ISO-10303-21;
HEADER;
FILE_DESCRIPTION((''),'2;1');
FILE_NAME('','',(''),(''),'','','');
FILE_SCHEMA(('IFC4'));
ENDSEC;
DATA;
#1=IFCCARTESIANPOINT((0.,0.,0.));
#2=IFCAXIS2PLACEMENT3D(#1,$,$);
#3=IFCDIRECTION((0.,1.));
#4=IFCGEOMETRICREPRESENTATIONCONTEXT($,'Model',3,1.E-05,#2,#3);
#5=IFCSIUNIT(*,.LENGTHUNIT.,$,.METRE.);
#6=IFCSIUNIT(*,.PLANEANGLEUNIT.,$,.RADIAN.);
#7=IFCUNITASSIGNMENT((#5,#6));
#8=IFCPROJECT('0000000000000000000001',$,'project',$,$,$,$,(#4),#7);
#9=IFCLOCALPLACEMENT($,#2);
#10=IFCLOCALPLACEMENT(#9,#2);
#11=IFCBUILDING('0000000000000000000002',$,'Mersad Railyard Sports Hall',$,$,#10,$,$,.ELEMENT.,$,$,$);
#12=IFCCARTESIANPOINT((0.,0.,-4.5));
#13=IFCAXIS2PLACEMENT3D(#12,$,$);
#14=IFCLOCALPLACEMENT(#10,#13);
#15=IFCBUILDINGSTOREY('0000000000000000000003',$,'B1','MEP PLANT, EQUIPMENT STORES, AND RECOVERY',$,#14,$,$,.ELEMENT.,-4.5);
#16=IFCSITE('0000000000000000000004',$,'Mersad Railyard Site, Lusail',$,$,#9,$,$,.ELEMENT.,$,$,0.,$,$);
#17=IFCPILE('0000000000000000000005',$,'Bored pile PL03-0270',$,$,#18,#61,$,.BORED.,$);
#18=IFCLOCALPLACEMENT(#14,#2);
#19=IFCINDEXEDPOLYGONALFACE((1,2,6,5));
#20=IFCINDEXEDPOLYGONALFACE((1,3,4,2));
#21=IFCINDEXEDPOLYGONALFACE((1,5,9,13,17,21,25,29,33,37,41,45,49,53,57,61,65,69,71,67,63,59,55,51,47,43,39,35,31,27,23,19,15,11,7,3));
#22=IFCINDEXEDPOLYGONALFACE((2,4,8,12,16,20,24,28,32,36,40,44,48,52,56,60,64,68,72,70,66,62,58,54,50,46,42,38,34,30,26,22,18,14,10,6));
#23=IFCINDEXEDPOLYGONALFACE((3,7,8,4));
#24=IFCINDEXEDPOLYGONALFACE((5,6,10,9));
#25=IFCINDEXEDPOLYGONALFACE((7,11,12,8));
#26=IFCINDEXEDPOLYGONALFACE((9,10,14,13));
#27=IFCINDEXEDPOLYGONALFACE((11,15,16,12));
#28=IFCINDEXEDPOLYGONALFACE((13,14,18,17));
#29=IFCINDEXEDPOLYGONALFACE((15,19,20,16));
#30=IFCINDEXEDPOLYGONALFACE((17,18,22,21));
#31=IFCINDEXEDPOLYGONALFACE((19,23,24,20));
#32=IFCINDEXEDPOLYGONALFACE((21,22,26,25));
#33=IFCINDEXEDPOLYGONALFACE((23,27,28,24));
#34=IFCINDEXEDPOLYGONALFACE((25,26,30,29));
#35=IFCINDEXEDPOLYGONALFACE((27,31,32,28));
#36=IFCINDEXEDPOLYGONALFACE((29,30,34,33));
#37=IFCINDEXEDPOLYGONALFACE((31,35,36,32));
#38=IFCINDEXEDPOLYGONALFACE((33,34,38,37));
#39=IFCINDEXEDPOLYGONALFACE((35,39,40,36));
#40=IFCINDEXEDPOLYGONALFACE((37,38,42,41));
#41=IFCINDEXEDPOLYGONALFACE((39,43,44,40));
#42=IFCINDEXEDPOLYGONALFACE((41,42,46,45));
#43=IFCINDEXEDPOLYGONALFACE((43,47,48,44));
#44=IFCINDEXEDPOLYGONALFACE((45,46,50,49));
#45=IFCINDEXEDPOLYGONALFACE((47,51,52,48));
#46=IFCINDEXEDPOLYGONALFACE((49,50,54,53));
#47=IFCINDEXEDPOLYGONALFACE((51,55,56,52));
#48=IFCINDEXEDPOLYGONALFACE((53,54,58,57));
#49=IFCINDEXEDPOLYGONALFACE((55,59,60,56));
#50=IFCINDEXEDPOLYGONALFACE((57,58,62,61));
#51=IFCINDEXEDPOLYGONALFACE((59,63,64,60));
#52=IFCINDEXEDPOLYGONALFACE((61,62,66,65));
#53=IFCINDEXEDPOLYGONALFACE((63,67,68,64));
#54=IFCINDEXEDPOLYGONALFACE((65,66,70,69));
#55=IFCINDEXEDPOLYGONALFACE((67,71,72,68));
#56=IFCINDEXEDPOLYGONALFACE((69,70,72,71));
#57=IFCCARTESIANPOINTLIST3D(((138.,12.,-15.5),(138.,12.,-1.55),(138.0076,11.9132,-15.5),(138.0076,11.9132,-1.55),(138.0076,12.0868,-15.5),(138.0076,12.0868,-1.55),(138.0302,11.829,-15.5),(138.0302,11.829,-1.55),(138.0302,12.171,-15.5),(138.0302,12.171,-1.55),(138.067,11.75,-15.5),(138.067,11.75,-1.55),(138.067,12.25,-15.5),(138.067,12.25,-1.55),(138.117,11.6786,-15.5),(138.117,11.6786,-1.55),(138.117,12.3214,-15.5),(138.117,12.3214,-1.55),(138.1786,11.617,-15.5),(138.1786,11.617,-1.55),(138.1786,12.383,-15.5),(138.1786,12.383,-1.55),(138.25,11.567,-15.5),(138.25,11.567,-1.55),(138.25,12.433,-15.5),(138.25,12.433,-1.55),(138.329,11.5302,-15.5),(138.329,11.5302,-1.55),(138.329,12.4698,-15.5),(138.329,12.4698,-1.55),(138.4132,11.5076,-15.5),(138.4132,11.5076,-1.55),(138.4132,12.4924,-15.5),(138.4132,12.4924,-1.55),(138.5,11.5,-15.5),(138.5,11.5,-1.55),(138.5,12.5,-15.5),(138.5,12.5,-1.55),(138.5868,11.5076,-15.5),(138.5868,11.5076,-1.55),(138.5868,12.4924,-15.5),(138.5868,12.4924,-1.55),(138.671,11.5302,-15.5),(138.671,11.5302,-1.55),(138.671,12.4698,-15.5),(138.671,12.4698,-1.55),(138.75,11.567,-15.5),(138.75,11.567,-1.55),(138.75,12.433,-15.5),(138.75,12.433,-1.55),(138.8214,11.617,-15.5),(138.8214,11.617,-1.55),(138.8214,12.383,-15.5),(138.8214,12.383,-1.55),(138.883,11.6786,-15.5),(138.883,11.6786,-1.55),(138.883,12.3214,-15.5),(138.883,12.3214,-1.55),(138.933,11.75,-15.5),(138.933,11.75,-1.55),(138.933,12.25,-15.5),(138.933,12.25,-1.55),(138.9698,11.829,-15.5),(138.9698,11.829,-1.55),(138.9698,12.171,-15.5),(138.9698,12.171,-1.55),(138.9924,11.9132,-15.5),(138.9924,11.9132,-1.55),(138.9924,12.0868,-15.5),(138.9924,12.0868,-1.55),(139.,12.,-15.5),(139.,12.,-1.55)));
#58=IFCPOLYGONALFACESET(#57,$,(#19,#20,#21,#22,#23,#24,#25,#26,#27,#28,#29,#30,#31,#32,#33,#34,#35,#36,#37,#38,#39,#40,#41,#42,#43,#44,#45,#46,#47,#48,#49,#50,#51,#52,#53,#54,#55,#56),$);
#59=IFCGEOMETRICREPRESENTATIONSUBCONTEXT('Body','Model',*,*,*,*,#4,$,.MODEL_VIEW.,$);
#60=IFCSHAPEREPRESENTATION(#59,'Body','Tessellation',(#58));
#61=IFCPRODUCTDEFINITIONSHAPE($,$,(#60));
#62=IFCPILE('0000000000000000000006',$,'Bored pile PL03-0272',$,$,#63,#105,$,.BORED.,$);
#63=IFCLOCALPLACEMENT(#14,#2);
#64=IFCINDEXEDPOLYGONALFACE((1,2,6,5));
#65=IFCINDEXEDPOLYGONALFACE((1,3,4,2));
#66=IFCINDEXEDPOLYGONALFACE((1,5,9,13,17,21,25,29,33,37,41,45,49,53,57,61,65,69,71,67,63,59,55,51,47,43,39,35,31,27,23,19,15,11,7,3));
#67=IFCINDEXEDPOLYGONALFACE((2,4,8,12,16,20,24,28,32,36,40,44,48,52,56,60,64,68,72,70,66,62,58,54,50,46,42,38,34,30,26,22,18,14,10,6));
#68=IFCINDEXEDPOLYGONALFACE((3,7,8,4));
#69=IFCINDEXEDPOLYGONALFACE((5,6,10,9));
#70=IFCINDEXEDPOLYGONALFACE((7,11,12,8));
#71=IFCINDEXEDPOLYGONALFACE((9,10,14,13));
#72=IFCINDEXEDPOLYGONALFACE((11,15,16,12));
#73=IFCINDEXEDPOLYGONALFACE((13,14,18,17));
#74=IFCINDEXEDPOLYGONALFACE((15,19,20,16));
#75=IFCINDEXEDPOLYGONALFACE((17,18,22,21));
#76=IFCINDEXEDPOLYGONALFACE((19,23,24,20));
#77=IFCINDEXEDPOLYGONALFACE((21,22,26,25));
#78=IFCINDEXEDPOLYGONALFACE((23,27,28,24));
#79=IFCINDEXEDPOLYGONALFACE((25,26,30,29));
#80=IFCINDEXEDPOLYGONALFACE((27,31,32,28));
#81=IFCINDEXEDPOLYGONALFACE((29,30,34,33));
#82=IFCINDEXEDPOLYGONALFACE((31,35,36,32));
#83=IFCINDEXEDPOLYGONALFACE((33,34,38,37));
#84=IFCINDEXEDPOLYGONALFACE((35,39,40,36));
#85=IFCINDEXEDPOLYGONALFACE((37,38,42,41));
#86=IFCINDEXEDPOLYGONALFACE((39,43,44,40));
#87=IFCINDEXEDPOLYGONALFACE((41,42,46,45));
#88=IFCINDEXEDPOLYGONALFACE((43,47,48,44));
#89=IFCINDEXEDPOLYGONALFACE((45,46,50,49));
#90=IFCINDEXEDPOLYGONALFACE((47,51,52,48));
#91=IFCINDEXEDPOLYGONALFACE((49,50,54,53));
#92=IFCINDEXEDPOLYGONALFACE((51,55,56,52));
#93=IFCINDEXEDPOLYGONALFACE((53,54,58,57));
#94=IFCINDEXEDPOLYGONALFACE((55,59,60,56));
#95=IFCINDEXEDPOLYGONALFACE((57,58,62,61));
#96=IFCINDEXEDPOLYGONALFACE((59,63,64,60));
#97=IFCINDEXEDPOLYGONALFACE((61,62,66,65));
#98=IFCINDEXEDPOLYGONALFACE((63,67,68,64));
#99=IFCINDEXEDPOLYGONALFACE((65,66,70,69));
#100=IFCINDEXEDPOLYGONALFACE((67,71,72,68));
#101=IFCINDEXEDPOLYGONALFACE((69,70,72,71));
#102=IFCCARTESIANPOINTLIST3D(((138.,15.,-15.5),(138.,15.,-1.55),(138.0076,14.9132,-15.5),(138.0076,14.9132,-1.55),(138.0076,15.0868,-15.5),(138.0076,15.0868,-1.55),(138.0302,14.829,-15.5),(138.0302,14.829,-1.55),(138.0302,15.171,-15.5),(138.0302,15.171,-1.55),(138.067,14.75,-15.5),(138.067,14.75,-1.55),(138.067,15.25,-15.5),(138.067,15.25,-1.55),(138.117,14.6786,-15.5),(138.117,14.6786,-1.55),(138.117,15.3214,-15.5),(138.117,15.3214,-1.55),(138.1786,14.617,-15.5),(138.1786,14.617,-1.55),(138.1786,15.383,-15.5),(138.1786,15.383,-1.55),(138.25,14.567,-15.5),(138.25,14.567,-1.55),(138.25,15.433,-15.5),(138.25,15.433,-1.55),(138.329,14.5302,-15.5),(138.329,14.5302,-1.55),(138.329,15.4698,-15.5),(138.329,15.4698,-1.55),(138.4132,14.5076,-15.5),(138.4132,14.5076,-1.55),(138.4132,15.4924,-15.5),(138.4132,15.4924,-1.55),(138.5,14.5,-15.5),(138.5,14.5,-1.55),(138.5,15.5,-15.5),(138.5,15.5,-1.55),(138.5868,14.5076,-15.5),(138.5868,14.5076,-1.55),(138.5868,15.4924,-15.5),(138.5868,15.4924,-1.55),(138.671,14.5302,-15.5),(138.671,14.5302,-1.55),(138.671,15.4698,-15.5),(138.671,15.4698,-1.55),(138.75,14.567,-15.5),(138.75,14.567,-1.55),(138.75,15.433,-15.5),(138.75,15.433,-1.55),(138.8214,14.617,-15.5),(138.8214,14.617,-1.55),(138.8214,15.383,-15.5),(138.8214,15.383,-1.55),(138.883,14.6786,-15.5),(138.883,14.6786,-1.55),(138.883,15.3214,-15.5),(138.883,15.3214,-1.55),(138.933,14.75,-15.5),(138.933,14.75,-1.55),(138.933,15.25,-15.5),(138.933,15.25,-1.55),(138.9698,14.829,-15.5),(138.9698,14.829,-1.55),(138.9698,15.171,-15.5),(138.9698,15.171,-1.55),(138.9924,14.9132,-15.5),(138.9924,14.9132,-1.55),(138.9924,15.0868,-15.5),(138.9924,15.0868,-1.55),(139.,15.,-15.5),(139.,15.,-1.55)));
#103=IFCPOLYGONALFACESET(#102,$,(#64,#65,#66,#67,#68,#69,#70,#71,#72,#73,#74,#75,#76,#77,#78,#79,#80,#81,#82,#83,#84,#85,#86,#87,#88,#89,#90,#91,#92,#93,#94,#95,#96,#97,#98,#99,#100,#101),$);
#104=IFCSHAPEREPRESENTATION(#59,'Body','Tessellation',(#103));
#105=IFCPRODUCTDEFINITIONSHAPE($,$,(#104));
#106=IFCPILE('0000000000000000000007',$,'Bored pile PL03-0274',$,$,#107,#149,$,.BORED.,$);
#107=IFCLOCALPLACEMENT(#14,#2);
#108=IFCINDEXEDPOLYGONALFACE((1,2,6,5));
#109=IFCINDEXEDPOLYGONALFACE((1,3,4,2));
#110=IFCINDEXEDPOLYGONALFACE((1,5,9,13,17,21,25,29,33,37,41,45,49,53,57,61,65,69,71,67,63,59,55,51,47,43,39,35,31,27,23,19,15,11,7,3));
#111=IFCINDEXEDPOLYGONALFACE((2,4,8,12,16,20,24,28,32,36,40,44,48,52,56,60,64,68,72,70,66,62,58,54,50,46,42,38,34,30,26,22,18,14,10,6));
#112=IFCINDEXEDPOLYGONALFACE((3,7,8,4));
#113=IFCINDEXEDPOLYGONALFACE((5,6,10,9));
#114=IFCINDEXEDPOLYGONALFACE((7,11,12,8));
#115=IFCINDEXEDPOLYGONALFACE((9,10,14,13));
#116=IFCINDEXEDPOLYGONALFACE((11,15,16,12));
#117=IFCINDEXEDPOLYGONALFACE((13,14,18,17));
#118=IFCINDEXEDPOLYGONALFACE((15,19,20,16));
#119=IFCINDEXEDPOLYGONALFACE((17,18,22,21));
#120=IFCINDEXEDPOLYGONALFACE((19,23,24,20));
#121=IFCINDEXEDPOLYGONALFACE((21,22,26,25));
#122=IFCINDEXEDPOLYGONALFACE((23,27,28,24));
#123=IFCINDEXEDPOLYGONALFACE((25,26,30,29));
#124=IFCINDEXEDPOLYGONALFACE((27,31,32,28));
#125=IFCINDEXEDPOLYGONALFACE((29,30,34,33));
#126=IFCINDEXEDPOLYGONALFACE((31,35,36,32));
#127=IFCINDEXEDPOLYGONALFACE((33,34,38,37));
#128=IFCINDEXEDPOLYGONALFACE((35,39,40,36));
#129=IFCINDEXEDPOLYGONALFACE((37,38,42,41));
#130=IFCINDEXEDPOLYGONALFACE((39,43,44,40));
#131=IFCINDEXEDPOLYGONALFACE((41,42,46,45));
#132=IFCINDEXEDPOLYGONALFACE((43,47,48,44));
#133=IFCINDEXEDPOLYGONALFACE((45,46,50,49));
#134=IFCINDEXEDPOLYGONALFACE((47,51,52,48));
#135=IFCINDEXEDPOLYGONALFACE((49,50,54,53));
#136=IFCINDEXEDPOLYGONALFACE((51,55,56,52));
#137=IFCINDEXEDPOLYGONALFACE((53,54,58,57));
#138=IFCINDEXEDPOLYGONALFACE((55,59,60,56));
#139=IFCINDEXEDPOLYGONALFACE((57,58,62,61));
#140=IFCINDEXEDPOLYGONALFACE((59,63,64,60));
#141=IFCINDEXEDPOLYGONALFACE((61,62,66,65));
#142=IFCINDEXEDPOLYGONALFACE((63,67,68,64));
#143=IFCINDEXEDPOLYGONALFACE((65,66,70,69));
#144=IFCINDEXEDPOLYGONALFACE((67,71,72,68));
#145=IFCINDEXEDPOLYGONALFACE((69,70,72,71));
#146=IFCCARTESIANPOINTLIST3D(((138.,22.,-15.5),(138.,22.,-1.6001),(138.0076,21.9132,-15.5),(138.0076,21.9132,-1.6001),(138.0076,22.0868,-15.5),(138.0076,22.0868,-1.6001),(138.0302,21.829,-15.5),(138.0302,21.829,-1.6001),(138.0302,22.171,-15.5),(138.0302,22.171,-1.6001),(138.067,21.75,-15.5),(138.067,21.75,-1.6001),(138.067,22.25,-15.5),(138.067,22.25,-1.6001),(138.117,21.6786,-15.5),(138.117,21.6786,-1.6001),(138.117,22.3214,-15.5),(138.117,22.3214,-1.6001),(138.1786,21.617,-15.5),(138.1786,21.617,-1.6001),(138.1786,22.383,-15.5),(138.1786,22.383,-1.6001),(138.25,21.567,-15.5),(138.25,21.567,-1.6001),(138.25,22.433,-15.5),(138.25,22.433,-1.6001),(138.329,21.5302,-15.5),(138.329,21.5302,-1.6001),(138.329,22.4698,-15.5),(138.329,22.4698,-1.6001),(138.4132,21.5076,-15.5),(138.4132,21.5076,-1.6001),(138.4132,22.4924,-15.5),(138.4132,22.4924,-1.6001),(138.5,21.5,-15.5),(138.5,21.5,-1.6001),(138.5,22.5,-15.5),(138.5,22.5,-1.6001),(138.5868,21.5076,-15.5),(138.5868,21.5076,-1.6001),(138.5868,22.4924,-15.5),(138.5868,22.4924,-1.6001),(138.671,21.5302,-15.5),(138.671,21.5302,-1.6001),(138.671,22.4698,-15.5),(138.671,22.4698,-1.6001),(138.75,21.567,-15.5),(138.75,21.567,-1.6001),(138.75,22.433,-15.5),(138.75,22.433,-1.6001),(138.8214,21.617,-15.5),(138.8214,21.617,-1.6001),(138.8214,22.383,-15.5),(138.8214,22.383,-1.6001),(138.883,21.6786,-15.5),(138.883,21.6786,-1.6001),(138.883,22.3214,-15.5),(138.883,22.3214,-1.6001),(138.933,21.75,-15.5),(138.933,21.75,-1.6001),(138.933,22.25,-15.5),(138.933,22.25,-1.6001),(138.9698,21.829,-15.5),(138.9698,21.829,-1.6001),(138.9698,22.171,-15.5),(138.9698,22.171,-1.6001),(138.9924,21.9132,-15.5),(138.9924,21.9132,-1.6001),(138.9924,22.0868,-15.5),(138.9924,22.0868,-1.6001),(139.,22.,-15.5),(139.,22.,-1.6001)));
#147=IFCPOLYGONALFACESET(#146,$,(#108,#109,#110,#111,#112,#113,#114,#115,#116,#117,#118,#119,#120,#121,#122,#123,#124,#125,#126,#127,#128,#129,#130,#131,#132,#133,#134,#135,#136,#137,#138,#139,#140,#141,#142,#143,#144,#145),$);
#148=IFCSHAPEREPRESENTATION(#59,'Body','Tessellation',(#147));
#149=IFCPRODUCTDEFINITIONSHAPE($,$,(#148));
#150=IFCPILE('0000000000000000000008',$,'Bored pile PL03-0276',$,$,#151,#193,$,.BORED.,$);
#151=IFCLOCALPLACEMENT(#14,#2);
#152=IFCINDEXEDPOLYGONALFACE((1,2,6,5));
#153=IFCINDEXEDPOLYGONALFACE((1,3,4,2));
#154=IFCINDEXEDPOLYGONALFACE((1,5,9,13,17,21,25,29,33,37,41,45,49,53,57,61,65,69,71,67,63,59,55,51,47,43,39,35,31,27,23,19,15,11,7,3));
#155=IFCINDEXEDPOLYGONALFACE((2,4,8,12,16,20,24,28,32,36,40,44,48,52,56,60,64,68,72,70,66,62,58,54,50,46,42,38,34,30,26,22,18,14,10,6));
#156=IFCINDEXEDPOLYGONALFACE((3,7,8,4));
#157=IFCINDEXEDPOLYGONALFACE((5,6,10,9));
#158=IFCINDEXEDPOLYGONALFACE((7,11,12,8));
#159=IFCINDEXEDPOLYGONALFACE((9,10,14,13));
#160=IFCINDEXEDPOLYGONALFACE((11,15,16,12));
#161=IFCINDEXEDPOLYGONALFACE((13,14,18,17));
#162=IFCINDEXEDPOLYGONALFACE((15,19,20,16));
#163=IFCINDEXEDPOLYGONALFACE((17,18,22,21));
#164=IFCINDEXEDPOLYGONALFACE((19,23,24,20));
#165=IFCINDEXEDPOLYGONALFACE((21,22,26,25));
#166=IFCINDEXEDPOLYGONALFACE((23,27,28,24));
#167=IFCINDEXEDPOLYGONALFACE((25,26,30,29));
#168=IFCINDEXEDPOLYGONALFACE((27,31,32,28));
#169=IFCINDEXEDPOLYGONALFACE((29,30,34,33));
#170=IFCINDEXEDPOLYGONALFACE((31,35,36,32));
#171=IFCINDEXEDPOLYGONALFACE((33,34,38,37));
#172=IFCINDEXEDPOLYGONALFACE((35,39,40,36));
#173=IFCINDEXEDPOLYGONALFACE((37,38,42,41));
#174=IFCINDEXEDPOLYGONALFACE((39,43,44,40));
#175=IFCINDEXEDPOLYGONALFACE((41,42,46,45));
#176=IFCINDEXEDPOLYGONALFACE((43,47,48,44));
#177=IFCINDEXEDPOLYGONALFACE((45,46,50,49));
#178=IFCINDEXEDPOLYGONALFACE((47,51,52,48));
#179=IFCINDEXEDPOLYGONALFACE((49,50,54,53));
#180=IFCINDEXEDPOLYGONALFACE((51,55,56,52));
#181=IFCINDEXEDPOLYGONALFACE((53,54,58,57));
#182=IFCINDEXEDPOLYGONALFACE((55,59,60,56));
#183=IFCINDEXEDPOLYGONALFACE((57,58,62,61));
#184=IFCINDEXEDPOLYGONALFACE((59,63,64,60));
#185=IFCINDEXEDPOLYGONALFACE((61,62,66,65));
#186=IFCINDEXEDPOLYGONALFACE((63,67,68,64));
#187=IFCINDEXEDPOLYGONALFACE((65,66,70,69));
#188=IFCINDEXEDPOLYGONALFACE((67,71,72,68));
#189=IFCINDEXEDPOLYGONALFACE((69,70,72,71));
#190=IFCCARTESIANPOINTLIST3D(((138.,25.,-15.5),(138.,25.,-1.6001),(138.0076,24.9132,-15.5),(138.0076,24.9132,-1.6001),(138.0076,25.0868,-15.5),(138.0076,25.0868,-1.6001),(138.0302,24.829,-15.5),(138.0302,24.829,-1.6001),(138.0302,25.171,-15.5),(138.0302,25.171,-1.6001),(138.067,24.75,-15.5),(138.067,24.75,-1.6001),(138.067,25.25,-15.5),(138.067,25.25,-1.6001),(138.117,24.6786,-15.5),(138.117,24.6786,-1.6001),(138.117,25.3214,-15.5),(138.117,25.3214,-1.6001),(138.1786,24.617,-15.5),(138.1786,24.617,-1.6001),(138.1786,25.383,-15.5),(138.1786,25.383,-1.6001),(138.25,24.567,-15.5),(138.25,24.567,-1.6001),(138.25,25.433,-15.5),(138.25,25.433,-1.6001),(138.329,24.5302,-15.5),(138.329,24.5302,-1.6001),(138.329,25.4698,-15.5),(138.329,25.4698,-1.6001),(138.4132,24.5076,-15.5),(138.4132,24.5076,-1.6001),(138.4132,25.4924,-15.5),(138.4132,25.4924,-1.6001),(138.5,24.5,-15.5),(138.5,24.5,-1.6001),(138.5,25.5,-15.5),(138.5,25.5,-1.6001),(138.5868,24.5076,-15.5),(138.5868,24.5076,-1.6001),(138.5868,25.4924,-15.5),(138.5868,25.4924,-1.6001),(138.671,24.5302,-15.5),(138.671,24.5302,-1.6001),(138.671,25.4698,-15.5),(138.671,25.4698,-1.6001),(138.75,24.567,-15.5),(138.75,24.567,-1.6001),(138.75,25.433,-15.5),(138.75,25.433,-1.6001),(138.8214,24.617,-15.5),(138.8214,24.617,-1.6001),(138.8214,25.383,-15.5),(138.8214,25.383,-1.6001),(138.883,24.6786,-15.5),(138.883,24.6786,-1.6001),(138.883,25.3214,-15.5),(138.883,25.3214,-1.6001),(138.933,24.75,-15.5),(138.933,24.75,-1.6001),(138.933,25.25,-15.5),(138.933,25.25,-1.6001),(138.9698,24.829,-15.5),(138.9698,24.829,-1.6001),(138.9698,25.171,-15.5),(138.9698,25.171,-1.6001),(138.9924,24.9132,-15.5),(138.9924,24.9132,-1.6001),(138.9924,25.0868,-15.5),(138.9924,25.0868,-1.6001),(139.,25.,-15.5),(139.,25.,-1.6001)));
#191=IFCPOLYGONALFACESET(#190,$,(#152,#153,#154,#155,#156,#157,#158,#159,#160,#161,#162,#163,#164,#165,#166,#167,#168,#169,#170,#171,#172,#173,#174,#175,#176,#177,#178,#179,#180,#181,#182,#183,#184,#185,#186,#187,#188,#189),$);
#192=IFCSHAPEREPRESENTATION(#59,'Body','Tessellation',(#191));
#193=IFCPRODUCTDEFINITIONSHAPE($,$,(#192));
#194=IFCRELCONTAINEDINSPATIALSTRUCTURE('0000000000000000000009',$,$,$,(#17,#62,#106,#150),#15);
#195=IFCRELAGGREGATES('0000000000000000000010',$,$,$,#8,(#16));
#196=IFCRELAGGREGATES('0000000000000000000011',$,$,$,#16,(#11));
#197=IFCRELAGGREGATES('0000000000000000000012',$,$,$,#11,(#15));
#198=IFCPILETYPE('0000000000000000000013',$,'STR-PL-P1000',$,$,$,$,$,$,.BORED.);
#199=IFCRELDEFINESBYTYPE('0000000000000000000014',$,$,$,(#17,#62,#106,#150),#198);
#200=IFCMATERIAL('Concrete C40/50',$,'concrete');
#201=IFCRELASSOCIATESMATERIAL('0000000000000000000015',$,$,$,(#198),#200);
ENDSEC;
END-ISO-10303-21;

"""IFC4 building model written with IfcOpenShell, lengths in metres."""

from ifc_helpers import new_model, si_unit, direction, frame, origin, origin_2d, place, context, subcontext, project, spatial, circle, extrude, material, material_profile, profile_set, type_object, element, save


model = new_model("IFC4")

# Units and contexts
model_context = context("Model", 3, precision=1e-05, world=origin(), true_north=direction((0.0, 1.0)))
body_context = subcontext(model_context, "Body", "Model", "MODEL_VIEW")
ifc_project = project(units=[si_unit("LENGTHUNIT", "METRE"), si_unit("PLANEANGLEUNIT", "RADIAN")], contexts=[model_context])

# Site, building, storey
site_placement = place(None, origin())
site = spatial("IfcSite", under=ifc_project, at=site_placement, Name="Mersad Railyard Site, Lusail", CompositionType="ELEMENT", RefElevation=0.0)
building_placement = place(site_placement, origin())
building = spatial("IfcBuilding", under=site, at=building_placement, Name="Mersad Railyard Sports Hall", CompositionType="ELEMENT")
storey_placement = place(building_placement, frame((0.0, 0.0, -4.5)))
storey = spatial("IfcBuildingStorey", under=building, at=storey_placement, Name="B1", Description="MEP PLANT, EQUIPMENT STORES, AND RECOVERY", CompositionType="ELEMENT", Elevation=-4.5)

# Shared definitions
ifc_material_1 = material(Name="Concrete C40/50", Category="concrete")

# Piles
ifc_material_profile_1 = material_profile(ifc_material_1, circle(Radius=0.5, at=origin_2d()), Name="BORED PILE D1000")
ifc_profile_set_1 = profile_set([ifc_material_profile_1], Name="Concrete C40/50")
pile_type = type_object("IfcPileType", Name="STR-PL-P1000", PredefinedType="BORED", material=ifc_profile_set_1)
for number, where, z_axis, x_axis, name in (
    (1, (138.5, 12.0, -1.55), (0.0, 0.0, -1.0), (1.0, 0.0, 0.0), "Bored pile PL03-0270"),
    (2, (138.5, 15.0, -1.55), (0.0, 0.0, -1.0), (1.0, 0.0, 0.0), "Bored pile PL03-0272"),
):
    element("IfcPile", number, at=place(storey_placement, frame(where, z_axis=z_axis, x_axis=x_axis)), inside=storey, type_object=pile_type, Name=name, PredefinedType="BORED", context=body_context, shape_type="SweptSolid", body=[
        extrude(circle(Radius=0.5, at=origin_2d()), origin(), (0.0, 0.0, 1.0), 13.95),
    ])
for number, where, z_axis, x_axis, name in (
    (3, (138.5, 22.0, -1.6001), (0.0, 0.0, -1.0), (1.0, 0.0, 0.0), "Bored pile PL03-0274"),
    (4, (138.5, 25.0, -1.6001), (0.0, 0.0, -1.0), (1.0, 0.0, 0.0), "Bored pile PL03-0276"),
):
    element("IfcPile", number, at=place(storey_placement, frame(where, z_axis=z_axis, x_axis=x_axis)), inside=storey, type_object=pile_type, Name=name, PredefinedType="BORED", context=body_context, shape_type="SweptSolid", body=[
        extrude(circle(Radius=0.5, at=origin_2d()), origin(), (0.0, 0.0, 1.0), 13.8999),
    ])

save(model, "model.ifc")
